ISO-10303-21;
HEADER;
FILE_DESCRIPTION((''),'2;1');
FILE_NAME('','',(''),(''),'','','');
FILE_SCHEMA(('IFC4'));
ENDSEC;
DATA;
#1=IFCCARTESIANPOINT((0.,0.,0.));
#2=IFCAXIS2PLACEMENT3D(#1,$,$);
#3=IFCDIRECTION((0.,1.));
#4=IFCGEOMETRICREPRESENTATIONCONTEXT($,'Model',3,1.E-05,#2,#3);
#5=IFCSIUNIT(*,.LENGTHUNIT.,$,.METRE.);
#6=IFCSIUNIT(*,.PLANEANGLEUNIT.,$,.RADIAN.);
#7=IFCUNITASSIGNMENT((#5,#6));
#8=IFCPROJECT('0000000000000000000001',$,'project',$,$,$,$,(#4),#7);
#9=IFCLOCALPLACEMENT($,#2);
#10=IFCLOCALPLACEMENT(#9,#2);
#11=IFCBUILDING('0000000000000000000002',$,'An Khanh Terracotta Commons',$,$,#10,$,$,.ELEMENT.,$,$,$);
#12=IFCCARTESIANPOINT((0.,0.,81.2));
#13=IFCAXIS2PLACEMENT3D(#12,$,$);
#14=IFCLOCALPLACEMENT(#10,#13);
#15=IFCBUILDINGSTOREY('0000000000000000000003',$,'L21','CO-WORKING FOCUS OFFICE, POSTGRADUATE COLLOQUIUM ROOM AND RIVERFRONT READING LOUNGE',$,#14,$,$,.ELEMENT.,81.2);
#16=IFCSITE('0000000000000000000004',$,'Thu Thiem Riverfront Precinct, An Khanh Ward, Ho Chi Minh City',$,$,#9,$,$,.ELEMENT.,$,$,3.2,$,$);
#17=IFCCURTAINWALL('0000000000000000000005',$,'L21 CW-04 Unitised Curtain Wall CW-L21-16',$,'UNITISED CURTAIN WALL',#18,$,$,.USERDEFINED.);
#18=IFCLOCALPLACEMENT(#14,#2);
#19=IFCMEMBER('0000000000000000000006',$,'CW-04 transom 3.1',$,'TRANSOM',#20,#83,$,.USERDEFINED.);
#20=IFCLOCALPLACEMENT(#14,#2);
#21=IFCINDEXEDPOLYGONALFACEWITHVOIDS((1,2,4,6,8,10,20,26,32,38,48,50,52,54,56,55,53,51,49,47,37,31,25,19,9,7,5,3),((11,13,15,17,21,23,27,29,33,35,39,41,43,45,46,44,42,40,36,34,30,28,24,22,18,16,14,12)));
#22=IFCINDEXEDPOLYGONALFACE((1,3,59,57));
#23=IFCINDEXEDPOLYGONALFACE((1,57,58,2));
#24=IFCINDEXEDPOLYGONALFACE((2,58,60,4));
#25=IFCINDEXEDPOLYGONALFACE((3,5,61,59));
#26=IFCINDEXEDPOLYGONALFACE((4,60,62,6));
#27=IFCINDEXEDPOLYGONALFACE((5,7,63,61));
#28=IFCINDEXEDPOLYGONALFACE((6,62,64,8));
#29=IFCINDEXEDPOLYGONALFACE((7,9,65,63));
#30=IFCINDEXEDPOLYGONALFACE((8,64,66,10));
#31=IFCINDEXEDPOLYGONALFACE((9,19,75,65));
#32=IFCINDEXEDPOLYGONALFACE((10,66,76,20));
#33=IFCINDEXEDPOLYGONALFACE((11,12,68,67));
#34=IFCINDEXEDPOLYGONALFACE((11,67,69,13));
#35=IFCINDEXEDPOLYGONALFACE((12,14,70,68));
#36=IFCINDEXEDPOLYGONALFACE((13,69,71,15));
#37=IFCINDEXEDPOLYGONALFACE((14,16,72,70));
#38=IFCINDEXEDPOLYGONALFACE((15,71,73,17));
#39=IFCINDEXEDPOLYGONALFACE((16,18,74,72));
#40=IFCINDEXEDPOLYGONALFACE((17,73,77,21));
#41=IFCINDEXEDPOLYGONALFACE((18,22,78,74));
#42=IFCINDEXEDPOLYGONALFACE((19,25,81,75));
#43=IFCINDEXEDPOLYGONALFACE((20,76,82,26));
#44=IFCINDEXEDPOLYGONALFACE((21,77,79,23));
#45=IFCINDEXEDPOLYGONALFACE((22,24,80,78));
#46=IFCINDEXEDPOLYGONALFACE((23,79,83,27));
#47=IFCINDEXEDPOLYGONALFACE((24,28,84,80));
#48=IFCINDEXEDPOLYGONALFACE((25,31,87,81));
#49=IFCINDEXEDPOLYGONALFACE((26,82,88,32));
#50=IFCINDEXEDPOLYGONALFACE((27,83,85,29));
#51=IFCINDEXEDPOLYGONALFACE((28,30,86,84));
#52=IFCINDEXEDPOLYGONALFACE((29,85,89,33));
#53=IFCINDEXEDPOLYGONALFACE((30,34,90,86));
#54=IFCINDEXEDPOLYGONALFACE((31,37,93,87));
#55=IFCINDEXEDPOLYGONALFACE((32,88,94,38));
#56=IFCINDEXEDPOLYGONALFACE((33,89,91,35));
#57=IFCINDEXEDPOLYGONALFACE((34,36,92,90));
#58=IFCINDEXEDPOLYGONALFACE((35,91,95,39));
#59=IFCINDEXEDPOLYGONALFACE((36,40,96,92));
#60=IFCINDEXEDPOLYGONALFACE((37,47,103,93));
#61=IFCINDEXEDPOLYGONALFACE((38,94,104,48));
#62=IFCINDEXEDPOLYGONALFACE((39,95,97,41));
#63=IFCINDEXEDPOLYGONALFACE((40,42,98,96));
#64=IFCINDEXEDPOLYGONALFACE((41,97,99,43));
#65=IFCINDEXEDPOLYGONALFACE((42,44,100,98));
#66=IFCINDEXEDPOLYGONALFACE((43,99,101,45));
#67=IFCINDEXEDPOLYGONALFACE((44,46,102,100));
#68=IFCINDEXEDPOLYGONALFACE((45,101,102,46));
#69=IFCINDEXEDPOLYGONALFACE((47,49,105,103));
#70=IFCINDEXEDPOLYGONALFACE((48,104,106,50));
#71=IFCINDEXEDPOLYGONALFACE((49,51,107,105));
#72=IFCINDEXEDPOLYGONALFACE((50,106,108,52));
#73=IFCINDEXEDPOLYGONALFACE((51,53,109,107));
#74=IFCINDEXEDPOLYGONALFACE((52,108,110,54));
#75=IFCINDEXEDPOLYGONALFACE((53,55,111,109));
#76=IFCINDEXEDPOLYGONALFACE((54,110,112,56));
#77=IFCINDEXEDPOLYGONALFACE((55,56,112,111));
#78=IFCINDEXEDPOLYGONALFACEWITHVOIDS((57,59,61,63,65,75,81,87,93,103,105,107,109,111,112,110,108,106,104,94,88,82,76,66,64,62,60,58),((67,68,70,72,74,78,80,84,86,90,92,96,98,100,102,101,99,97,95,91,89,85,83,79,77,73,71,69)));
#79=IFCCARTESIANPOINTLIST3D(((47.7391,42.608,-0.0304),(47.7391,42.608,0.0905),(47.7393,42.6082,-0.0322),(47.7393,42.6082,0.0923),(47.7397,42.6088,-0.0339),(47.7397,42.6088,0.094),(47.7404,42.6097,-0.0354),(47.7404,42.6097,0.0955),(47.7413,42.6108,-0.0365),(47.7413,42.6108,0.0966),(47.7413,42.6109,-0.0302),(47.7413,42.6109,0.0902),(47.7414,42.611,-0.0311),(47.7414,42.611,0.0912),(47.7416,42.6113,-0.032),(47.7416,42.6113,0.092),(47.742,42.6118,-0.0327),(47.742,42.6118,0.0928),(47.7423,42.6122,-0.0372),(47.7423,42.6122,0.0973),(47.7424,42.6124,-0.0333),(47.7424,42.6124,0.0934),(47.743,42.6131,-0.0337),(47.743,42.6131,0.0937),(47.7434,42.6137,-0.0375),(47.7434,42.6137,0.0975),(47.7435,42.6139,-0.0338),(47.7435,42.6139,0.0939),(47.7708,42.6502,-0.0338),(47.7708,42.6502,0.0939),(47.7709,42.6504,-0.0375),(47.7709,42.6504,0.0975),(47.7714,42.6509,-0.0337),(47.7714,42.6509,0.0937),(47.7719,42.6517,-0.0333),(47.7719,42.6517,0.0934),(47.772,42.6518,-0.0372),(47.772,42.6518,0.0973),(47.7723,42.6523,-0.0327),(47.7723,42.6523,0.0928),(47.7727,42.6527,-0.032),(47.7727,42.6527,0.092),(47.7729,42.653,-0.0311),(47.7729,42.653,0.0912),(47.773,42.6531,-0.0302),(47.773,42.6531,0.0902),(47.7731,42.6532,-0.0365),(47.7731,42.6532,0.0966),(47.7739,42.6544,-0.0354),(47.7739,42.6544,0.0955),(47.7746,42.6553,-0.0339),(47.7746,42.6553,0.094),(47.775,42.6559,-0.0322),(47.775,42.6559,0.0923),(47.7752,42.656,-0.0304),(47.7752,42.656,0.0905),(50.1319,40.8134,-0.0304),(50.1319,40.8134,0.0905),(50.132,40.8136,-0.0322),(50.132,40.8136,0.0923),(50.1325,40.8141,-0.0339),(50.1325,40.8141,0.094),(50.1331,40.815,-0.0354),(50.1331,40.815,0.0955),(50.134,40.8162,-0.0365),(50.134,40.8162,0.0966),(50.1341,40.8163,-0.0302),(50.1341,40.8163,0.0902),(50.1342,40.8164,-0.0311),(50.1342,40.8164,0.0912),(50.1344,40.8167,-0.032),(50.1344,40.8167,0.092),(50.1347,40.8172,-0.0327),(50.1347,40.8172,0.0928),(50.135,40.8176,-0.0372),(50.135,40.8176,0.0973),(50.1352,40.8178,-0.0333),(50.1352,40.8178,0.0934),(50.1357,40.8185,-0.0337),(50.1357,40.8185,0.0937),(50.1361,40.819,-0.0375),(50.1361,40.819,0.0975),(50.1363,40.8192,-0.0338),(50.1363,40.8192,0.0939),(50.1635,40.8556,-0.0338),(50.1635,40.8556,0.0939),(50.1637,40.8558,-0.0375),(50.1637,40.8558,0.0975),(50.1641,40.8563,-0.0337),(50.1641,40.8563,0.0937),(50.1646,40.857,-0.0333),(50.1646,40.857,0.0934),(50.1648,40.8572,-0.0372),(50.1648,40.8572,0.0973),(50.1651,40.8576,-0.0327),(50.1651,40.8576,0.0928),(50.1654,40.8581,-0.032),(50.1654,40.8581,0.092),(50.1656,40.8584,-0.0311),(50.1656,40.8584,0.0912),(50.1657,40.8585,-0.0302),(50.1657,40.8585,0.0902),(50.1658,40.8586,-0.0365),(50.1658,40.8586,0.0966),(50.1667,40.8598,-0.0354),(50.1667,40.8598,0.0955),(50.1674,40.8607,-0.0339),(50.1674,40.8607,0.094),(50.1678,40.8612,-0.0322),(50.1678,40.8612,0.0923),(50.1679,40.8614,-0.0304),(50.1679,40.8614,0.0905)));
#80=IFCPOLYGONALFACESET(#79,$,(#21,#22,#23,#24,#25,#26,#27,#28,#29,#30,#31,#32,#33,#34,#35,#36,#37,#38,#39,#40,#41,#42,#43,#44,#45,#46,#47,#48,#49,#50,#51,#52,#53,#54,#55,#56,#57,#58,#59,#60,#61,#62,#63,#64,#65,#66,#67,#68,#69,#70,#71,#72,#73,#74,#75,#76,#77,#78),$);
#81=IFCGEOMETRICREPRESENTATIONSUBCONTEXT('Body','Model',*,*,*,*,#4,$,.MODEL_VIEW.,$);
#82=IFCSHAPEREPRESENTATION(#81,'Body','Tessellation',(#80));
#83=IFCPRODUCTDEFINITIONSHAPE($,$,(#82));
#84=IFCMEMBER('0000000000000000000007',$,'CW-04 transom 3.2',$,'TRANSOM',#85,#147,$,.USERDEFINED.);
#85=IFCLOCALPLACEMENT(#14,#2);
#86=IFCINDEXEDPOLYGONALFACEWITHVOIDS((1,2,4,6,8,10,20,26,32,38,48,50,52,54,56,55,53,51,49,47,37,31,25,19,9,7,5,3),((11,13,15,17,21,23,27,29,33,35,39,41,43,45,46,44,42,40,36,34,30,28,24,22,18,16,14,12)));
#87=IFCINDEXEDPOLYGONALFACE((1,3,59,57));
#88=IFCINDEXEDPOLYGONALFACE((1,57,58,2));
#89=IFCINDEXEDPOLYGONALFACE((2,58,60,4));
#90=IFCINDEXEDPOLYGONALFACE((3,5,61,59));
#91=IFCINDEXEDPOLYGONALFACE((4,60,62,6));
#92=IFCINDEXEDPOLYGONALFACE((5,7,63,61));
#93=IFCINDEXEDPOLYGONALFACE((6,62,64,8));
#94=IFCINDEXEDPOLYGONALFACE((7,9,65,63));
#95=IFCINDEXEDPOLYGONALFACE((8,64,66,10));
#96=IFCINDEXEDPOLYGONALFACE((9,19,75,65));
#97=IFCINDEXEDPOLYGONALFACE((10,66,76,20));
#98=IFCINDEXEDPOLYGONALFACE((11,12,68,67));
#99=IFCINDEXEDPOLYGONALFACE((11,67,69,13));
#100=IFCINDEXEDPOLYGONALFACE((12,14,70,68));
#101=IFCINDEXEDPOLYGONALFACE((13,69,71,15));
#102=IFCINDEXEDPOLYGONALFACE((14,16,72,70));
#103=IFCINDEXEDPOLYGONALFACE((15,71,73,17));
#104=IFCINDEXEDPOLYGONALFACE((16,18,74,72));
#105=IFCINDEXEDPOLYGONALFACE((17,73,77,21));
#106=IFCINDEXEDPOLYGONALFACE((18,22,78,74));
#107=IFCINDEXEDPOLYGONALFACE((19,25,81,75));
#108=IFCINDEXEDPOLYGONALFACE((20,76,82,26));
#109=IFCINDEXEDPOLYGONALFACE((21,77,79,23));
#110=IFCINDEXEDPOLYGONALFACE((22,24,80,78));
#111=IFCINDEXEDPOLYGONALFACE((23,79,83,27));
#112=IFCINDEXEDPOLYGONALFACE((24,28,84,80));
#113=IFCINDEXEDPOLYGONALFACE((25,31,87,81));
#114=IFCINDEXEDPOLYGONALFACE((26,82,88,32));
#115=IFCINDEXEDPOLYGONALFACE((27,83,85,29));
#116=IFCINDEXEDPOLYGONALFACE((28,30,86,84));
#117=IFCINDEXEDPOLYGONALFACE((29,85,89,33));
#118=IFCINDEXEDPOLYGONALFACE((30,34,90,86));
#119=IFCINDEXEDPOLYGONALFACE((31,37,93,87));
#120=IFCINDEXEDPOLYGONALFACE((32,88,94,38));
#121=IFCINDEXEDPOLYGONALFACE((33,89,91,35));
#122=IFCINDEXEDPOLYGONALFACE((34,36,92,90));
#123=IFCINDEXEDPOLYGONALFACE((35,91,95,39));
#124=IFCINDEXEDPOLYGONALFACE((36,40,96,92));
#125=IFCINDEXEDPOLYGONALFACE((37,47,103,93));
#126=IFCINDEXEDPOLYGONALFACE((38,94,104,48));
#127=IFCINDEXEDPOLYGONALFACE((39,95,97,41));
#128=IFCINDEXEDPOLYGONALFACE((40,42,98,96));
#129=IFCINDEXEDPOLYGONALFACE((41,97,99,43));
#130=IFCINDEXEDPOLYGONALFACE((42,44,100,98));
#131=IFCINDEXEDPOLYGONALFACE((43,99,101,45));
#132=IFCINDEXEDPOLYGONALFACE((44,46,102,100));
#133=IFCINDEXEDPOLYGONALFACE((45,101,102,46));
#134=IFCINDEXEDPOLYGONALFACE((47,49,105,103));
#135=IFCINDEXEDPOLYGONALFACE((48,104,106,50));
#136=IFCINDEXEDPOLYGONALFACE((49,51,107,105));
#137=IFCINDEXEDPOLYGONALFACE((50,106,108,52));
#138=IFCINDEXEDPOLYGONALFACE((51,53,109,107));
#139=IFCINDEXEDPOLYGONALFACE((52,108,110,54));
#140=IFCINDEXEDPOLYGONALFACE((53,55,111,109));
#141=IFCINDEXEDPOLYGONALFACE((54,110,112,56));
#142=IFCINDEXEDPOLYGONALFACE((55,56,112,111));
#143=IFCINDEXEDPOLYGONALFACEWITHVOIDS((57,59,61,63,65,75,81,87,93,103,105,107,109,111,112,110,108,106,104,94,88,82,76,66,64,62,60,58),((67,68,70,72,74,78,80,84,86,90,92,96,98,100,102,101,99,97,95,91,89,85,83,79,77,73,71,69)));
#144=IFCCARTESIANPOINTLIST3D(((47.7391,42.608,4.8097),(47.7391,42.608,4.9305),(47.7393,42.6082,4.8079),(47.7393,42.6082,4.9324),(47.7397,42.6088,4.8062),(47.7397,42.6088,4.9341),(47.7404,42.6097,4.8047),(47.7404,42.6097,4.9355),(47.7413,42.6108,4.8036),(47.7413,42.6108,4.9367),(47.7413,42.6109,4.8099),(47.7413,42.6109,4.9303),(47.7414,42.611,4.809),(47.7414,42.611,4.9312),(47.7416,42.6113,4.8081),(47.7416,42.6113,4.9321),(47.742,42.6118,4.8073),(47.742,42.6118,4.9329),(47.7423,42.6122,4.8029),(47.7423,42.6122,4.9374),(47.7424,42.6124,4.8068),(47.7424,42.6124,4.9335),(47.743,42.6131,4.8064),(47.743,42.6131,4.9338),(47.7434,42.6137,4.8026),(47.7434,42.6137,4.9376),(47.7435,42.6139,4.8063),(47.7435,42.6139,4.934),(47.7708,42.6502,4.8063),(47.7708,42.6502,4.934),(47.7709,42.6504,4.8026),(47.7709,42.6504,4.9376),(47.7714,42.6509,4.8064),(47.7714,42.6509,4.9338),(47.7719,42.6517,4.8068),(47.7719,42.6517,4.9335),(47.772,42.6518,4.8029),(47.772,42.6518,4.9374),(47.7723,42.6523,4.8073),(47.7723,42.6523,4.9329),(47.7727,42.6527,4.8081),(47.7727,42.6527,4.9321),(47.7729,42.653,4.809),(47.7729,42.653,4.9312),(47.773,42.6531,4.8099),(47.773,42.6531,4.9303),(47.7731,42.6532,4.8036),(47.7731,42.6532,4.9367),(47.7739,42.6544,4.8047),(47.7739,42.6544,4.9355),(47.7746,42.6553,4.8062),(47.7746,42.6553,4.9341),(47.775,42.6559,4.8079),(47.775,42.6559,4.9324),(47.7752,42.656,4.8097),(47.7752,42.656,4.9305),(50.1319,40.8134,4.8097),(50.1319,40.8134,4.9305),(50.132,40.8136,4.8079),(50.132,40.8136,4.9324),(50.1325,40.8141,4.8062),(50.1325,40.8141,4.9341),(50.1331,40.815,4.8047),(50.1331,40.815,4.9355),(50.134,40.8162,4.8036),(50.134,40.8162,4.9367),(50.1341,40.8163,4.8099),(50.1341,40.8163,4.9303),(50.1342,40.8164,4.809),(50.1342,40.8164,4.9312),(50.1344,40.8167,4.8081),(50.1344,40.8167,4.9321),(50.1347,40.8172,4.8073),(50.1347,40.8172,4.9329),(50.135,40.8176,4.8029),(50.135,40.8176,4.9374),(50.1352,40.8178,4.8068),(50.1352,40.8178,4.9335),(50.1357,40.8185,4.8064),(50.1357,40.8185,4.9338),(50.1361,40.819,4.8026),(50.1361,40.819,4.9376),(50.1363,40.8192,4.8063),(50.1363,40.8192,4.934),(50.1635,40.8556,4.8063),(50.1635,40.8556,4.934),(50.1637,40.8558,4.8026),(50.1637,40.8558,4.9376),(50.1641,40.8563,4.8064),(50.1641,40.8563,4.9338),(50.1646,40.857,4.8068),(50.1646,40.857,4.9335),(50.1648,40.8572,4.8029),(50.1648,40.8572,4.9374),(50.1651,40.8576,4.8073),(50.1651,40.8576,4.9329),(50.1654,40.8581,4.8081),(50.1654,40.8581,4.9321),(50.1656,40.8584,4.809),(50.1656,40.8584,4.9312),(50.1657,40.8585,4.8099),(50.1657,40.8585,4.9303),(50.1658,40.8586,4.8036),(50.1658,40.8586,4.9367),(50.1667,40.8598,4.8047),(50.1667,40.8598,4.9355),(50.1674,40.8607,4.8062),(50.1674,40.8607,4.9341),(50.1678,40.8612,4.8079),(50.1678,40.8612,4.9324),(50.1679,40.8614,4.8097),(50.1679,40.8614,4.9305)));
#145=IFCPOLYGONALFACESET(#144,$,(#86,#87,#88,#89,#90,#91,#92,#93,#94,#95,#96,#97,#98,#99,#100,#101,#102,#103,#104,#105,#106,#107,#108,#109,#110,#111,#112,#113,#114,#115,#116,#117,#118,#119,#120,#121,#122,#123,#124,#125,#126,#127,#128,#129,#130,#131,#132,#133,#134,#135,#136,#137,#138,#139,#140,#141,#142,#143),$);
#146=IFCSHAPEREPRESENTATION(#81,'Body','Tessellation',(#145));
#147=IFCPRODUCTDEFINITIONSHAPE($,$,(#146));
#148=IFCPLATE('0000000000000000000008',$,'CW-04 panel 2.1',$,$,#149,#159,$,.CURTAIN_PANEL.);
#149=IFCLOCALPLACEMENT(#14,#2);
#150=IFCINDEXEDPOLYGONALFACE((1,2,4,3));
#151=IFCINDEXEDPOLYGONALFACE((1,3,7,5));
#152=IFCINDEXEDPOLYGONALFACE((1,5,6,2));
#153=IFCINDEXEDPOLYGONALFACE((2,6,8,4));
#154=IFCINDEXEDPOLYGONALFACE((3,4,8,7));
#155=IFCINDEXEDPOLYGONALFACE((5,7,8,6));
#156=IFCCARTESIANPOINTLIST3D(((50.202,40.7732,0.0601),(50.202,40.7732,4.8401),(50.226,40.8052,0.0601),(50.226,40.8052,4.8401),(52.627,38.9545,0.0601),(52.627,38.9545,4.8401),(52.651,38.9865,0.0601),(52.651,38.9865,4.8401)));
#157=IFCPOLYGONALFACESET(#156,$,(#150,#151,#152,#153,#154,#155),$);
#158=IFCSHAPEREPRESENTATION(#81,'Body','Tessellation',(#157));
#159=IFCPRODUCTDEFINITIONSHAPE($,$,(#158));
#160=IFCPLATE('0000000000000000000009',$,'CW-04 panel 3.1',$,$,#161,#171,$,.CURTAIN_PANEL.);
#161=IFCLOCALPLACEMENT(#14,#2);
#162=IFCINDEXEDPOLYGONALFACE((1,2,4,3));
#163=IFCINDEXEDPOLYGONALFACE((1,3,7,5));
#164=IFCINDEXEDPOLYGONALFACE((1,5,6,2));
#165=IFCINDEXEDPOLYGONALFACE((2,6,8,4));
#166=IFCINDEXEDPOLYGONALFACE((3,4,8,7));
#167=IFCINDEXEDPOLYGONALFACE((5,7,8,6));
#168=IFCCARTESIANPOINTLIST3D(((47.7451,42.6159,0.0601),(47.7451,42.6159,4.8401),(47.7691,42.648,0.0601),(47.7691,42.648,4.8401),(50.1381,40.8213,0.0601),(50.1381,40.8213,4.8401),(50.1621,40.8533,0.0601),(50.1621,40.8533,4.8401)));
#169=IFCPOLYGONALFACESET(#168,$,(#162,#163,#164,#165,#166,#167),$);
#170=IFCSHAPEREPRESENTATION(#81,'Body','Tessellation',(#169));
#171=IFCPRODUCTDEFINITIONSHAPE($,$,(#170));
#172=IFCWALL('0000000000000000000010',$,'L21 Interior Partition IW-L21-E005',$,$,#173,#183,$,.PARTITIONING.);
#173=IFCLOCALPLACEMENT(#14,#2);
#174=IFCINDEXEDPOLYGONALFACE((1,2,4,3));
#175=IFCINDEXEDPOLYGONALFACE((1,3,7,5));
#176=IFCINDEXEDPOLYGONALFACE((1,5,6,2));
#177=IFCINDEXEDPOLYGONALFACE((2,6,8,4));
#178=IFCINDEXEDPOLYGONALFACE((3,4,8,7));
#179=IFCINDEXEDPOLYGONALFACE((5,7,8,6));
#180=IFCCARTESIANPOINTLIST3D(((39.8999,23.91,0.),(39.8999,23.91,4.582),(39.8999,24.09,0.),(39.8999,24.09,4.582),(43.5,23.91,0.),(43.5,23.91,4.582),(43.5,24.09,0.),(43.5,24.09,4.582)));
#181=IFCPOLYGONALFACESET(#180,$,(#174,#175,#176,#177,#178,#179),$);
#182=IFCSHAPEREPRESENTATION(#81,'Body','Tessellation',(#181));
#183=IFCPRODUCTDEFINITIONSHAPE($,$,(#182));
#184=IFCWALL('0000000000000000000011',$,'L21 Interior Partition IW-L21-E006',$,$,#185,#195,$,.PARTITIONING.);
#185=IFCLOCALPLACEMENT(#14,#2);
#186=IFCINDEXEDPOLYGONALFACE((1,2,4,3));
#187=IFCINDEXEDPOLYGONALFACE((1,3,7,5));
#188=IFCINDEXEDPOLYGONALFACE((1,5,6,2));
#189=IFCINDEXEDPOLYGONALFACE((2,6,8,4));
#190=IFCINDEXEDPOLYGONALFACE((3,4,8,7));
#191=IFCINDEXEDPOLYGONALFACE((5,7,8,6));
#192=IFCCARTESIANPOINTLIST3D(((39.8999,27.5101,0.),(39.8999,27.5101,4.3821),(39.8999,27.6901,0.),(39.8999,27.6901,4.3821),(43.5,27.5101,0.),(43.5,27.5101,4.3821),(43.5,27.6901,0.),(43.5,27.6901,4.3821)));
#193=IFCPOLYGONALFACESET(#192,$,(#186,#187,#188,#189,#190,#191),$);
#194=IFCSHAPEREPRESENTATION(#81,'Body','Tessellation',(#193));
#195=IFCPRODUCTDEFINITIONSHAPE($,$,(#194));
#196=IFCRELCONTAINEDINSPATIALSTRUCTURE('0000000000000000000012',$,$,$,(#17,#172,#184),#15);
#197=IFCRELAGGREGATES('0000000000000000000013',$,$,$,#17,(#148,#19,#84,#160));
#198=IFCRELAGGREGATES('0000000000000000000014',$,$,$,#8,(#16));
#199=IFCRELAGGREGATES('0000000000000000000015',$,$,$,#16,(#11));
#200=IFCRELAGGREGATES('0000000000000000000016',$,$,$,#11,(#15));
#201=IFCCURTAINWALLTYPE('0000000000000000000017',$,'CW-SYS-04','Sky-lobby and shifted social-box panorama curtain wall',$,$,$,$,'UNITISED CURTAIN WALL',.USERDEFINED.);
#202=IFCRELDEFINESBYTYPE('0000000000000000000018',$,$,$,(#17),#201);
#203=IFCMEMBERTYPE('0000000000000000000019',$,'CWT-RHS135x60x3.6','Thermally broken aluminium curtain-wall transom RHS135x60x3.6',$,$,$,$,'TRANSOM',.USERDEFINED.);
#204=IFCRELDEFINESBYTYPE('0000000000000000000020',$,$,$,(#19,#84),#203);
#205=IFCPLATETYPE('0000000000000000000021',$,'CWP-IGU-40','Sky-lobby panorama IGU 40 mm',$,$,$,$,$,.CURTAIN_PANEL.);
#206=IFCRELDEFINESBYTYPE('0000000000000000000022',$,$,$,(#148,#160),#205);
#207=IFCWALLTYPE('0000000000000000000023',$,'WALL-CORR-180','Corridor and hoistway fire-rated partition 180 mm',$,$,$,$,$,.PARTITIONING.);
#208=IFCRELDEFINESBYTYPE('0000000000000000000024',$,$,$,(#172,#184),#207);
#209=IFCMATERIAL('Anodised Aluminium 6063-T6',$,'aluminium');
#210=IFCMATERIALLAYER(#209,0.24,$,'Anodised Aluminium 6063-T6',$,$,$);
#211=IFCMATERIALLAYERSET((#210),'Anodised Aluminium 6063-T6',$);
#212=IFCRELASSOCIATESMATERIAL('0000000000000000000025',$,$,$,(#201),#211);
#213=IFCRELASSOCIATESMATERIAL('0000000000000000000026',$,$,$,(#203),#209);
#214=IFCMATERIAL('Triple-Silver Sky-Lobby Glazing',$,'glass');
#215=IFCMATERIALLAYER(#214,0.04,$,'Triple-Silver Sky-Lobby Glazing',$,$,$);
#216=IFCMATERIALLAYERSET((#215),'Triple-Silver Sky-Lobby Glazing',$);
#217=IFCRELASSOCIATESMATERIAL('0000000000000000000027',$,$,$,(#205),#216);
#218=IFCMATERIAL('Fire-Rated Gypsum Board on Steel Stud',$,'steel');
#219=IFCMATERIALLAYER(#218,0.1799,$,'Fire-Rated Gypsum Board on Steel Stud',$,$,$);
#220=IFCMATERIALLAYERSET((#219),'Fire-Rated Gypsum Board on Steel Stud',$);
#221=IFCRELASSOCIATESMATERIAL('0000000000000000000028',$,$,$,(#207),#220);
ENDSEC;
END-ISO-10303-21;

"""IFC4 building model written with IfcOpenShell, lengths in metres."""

from ifc_helpers import new_model, si_unit, direction, frame, frame_2d, origin, origin_2d, place, context, subcontext, project, spatial, rectangle, hollow_rectangle, extrude, material, layer, layer_set, material_profile, profile_set, type_object, element, aggregate, save


model = new_model("IFC4")

# Units and contexts
model_context = context("Model", 3, precision=1e-05, world=origin(), true_north=direction((0.0, 1.0)))
body_context = subcontext(model_context, "Body", "Model", "MODEL_VIEW")
ifc_project = project(units=[si_unit("LENGTHUNIT", "METRE"), si_unit("PLANEANGLEUNIT", "RADIAN")], contexts=[model_context])

# Site, building, storey
site_placement = place(None, origin())
site = spatial("IfcSite", under=ifc_project, at=site_placement, Name="Thu Thiem Riverfront Precinct, An Khanh Ward, Ho Chi Minh City", CompositionType="ELEMENT", RefElevation=3.2)
building_placement = place(site_placement, origin())
building = spatial("IfcBuilding", under=site, at=building_placement, Name="An Khanh Terracotta Commons", CompositionType="ELEMENT")
storey_placement = place(building_placement, frame((0.0, 0.0, 81.2)))
storey = spatial("IfcBuildingStorey", under=building, at=storey_placement, Name="L21", Description="CO-WORKING FOCUS OFFICE, POSTGRADUATE COLLOQUIUM ROOM AND RIVERFRONT READING LOUNGE", CompositionType="ELEMENT", Elevation=81.2)

# Curtain wall, members, plates
ifc_material_1 = material(Name="Anodised Aluminium 6063-T6", Category="aluminium")
ifc_layer_1 = layer(ifc_material_1, 0.24, Name="Anodised Aluminium 6063-T6")
ifc_layer_set_1 = layer_set([ifc_layer_1], Name="Anodised Aluminium 6063-T6")
curtain_wall_type = type_object("IfcCurtainWallType", Name="CW-SYS-04", Description="Sky-lobby and shifted social-box panorama curtain wall", ElementType="UNITISED CURTAIN WALL", PredefinedType="USERDEFINED", material=ifc_layer_set_1)
curtain_wall_placement = place(storey_placement, origin())
curtain_wall = element("IfcCurtainWall", 1, at=curtain_wall_placement, inside=storey, type_object=curtain_wall_type, Name="L21 CW-04 Unitised Curtain Wall CW-L21-16", ObjectType="UNITISED CURTAIN WALL", PredefinedType="USERDEFINED")
ifc_material_profile_1 = material_profile(ifc_material_1, hollow_rectangle(XDim=0.0601, YDim=0.135, WallThickness=0.0037, InnerFilletRadius=0.0037, OuterFilletRadius=0.0071, at=origin_2d()), Name="RHS135x60x3.6")
ifc_profile_set_1 = profile_set([ifc_material_profile_1], Name="Anodised Aluminium 6063-T6")
member_type_1 = type_object("IfcMemberType", Name="CWT-RHS135x60x3.6", Description="Thermally broken aluminium curtain-wall transom RHS135x60x3.6", ElementType="TRANSOM", PredefinedType="USERDEFINED", material=ifc_profile_set_1)
member_1_placement = place(storey_placement, frame((50.1499, 40.8374, 0.03), z_axis=(-0.79999, 0.600013, 0.0), x_axis=(-0.600013, -0.79999, 0.0)))
member_1 = element("IfcMember", 2, at=member_1_placement, type_object=member_type_1, Name="CW-04 transom 3.1", ObjectType="TRANSOM", PredefinedType="USERDEFINED", context=body_context, shape_type="SweptSolid", body=[
    extrude(hollow_rectangle(XDim=0.0601, YDim=0.135, WallThickness=0.0037, InnerFilletRadius=0.0037, OuterFilletRadius=0.0071, at=origin_2d()), origin(), (0.0, 0.0, 1.0), 2.991),
])
member_2_placement = place(storey_placement, frame((50.1499, 40.8374, 4.8701), z_axis=(-0.79999, 0.600013, 0.0), x_axis=(-0.600013, -0.79999, 0.0)))
member_2 = element("IfcMember", 3, at=member_2_placement, type_object=member_type_1, Name="CW-04 transom 3.2", ObjectType="TRANSOM", PredefinedType="USERDEFINED", context=body_context, shape_type="SweptSolid", body=[
    extrude(hollow_rectangle(XDim=0.0601, YDim=0.135, WallThickness=0.0037, InnerFilletRadius=0.0037, OuterFilletRadius=0.0071, at=origin_2d()), origin(), (0.0, 0.0, 1.0), 2.991),
])
ifc_material_2 = material(Name="Triple-Silver Sky-Lobby Glazing", Category="glass")
ifc_layer_2 = layer(ifc_material_2, 0.04, Name="Triple-Silver Sky-Lobby Glazing")
ifc_layer_set_2 = layer_set([ifc_layer_2], Name="Triple-Silver Sky-Lobby Glazing")
plate_type = type_object("IfcPlateType", Name="CWP-IGU-40", Description="Sky-lobby panorama IGU 40 mm", PredefinedType="CURTAIN_PANEL", material=ifc_layer_set_2)
plate_1_placement = place(storey_placement, frame((51.4265, 39.8799, 0.0601), z_axis=(0.0, 0.0, 1.0), x_axis=(-0.800013, 0.599983, 0.0)))
plate_1 = element("IfcPlate", 4, at=plate_1_placement, type_object=plate_type, Name="CW-04 panel 2.1", PredefinedType="CURTAIN_PANEL", context=body_context, shape_type="SweptSolid", body=[
    extrude(rectangle(XDim=3.0312, YDim=0.04, at=origin_2d()), origin(), (0.0, 0.0, 1.0), 4.78),
])
plate_2_placement = place(storey_placement, frame((48.9536, 41.7346, 0.0601), z_axis=(0.0, 0.0, 1.0), x_axis=(-0.800013, 0.599983, 0.0)))
plate_2 = element("IfcPlate", 5, at=plate_2_placement, type_object=plate_type, Name="CW-04 panel 3.1", PredefinedType="CURTAIN_PANEL", context=body_context, shape_type="SweptSolid", body=[
    extrude(rectangle(XDim=2.9912, YDim=0.04, at=origin_2d()), origin(), (0.0, 0.0, 1.0), 4.78),
])
aggregate(curtain_wall, [plate_1, member_1, member_2, plate_2])

# Walls
ifc_material_3 = material(Name="Fire-Rated Gypsum Board on Steel Stud", Category="steel")
ifc_layer_3 = layer(ifc_material_3, 0.1799, Name="Fire-Rated Gypsum Board on Steel Stud")
ifc_layer_set_3 = layer_set([ifc_layer_3], Name="Fire-Rated Gypsum Board on Steel Stud")
wall_type_1 = type_object("IfcWallType", Name="WALL-CORR-180", Description="Corridor and hoistway fire-rated partition 180 mm", PredefinedType="PARTITIONING", material=ifc_layer_set_3)
wall_1_placement = place(storey_placement, frame((39.8999, 24.0, 0.0), z_axis=(0.0, 0.0, 1.0), x_axis=(1.0, 0.0, 0.0)))
element("IfcWall", 6, at=wall_1_placement, inside=storey, type_object=wall_type_1, Name="L21 Interior Partition IW-L21-E005", PredefinedType="PARTITIONING", context=body_context, shape_type="SweptSolid", body=[
    extrude(rectangle(XDim=3.6001, YDim=0.1799, at=frame_2d((1.8, 0.0))), origin(), (0.0, 0.0, 1.0), 4.582),
])
wall_2_placement = place(storey_placement, frame((39.8999, 27.6001, 0.0), z_axis=(0.0, 0.0, 1.0), x_axis=(1.0, 0.0, 0.0)))
element("IfcWall", 7, at=wall_2_placement, inside=storey, type_object=wall_type_1, Name="L21 Interior Partition IW-L21-E006", PredefinedType="PARTITIONING", context=body_context, shape_type="SweptSolid", body=[
    extrude(rectangle(XDim=3.6001, YDim=0.1799, at=frame_2d((1.8, 0.0))), origin(), (0.0, 0.0, 1.0), 4.3821),
])

save(model, "model.ifc")
